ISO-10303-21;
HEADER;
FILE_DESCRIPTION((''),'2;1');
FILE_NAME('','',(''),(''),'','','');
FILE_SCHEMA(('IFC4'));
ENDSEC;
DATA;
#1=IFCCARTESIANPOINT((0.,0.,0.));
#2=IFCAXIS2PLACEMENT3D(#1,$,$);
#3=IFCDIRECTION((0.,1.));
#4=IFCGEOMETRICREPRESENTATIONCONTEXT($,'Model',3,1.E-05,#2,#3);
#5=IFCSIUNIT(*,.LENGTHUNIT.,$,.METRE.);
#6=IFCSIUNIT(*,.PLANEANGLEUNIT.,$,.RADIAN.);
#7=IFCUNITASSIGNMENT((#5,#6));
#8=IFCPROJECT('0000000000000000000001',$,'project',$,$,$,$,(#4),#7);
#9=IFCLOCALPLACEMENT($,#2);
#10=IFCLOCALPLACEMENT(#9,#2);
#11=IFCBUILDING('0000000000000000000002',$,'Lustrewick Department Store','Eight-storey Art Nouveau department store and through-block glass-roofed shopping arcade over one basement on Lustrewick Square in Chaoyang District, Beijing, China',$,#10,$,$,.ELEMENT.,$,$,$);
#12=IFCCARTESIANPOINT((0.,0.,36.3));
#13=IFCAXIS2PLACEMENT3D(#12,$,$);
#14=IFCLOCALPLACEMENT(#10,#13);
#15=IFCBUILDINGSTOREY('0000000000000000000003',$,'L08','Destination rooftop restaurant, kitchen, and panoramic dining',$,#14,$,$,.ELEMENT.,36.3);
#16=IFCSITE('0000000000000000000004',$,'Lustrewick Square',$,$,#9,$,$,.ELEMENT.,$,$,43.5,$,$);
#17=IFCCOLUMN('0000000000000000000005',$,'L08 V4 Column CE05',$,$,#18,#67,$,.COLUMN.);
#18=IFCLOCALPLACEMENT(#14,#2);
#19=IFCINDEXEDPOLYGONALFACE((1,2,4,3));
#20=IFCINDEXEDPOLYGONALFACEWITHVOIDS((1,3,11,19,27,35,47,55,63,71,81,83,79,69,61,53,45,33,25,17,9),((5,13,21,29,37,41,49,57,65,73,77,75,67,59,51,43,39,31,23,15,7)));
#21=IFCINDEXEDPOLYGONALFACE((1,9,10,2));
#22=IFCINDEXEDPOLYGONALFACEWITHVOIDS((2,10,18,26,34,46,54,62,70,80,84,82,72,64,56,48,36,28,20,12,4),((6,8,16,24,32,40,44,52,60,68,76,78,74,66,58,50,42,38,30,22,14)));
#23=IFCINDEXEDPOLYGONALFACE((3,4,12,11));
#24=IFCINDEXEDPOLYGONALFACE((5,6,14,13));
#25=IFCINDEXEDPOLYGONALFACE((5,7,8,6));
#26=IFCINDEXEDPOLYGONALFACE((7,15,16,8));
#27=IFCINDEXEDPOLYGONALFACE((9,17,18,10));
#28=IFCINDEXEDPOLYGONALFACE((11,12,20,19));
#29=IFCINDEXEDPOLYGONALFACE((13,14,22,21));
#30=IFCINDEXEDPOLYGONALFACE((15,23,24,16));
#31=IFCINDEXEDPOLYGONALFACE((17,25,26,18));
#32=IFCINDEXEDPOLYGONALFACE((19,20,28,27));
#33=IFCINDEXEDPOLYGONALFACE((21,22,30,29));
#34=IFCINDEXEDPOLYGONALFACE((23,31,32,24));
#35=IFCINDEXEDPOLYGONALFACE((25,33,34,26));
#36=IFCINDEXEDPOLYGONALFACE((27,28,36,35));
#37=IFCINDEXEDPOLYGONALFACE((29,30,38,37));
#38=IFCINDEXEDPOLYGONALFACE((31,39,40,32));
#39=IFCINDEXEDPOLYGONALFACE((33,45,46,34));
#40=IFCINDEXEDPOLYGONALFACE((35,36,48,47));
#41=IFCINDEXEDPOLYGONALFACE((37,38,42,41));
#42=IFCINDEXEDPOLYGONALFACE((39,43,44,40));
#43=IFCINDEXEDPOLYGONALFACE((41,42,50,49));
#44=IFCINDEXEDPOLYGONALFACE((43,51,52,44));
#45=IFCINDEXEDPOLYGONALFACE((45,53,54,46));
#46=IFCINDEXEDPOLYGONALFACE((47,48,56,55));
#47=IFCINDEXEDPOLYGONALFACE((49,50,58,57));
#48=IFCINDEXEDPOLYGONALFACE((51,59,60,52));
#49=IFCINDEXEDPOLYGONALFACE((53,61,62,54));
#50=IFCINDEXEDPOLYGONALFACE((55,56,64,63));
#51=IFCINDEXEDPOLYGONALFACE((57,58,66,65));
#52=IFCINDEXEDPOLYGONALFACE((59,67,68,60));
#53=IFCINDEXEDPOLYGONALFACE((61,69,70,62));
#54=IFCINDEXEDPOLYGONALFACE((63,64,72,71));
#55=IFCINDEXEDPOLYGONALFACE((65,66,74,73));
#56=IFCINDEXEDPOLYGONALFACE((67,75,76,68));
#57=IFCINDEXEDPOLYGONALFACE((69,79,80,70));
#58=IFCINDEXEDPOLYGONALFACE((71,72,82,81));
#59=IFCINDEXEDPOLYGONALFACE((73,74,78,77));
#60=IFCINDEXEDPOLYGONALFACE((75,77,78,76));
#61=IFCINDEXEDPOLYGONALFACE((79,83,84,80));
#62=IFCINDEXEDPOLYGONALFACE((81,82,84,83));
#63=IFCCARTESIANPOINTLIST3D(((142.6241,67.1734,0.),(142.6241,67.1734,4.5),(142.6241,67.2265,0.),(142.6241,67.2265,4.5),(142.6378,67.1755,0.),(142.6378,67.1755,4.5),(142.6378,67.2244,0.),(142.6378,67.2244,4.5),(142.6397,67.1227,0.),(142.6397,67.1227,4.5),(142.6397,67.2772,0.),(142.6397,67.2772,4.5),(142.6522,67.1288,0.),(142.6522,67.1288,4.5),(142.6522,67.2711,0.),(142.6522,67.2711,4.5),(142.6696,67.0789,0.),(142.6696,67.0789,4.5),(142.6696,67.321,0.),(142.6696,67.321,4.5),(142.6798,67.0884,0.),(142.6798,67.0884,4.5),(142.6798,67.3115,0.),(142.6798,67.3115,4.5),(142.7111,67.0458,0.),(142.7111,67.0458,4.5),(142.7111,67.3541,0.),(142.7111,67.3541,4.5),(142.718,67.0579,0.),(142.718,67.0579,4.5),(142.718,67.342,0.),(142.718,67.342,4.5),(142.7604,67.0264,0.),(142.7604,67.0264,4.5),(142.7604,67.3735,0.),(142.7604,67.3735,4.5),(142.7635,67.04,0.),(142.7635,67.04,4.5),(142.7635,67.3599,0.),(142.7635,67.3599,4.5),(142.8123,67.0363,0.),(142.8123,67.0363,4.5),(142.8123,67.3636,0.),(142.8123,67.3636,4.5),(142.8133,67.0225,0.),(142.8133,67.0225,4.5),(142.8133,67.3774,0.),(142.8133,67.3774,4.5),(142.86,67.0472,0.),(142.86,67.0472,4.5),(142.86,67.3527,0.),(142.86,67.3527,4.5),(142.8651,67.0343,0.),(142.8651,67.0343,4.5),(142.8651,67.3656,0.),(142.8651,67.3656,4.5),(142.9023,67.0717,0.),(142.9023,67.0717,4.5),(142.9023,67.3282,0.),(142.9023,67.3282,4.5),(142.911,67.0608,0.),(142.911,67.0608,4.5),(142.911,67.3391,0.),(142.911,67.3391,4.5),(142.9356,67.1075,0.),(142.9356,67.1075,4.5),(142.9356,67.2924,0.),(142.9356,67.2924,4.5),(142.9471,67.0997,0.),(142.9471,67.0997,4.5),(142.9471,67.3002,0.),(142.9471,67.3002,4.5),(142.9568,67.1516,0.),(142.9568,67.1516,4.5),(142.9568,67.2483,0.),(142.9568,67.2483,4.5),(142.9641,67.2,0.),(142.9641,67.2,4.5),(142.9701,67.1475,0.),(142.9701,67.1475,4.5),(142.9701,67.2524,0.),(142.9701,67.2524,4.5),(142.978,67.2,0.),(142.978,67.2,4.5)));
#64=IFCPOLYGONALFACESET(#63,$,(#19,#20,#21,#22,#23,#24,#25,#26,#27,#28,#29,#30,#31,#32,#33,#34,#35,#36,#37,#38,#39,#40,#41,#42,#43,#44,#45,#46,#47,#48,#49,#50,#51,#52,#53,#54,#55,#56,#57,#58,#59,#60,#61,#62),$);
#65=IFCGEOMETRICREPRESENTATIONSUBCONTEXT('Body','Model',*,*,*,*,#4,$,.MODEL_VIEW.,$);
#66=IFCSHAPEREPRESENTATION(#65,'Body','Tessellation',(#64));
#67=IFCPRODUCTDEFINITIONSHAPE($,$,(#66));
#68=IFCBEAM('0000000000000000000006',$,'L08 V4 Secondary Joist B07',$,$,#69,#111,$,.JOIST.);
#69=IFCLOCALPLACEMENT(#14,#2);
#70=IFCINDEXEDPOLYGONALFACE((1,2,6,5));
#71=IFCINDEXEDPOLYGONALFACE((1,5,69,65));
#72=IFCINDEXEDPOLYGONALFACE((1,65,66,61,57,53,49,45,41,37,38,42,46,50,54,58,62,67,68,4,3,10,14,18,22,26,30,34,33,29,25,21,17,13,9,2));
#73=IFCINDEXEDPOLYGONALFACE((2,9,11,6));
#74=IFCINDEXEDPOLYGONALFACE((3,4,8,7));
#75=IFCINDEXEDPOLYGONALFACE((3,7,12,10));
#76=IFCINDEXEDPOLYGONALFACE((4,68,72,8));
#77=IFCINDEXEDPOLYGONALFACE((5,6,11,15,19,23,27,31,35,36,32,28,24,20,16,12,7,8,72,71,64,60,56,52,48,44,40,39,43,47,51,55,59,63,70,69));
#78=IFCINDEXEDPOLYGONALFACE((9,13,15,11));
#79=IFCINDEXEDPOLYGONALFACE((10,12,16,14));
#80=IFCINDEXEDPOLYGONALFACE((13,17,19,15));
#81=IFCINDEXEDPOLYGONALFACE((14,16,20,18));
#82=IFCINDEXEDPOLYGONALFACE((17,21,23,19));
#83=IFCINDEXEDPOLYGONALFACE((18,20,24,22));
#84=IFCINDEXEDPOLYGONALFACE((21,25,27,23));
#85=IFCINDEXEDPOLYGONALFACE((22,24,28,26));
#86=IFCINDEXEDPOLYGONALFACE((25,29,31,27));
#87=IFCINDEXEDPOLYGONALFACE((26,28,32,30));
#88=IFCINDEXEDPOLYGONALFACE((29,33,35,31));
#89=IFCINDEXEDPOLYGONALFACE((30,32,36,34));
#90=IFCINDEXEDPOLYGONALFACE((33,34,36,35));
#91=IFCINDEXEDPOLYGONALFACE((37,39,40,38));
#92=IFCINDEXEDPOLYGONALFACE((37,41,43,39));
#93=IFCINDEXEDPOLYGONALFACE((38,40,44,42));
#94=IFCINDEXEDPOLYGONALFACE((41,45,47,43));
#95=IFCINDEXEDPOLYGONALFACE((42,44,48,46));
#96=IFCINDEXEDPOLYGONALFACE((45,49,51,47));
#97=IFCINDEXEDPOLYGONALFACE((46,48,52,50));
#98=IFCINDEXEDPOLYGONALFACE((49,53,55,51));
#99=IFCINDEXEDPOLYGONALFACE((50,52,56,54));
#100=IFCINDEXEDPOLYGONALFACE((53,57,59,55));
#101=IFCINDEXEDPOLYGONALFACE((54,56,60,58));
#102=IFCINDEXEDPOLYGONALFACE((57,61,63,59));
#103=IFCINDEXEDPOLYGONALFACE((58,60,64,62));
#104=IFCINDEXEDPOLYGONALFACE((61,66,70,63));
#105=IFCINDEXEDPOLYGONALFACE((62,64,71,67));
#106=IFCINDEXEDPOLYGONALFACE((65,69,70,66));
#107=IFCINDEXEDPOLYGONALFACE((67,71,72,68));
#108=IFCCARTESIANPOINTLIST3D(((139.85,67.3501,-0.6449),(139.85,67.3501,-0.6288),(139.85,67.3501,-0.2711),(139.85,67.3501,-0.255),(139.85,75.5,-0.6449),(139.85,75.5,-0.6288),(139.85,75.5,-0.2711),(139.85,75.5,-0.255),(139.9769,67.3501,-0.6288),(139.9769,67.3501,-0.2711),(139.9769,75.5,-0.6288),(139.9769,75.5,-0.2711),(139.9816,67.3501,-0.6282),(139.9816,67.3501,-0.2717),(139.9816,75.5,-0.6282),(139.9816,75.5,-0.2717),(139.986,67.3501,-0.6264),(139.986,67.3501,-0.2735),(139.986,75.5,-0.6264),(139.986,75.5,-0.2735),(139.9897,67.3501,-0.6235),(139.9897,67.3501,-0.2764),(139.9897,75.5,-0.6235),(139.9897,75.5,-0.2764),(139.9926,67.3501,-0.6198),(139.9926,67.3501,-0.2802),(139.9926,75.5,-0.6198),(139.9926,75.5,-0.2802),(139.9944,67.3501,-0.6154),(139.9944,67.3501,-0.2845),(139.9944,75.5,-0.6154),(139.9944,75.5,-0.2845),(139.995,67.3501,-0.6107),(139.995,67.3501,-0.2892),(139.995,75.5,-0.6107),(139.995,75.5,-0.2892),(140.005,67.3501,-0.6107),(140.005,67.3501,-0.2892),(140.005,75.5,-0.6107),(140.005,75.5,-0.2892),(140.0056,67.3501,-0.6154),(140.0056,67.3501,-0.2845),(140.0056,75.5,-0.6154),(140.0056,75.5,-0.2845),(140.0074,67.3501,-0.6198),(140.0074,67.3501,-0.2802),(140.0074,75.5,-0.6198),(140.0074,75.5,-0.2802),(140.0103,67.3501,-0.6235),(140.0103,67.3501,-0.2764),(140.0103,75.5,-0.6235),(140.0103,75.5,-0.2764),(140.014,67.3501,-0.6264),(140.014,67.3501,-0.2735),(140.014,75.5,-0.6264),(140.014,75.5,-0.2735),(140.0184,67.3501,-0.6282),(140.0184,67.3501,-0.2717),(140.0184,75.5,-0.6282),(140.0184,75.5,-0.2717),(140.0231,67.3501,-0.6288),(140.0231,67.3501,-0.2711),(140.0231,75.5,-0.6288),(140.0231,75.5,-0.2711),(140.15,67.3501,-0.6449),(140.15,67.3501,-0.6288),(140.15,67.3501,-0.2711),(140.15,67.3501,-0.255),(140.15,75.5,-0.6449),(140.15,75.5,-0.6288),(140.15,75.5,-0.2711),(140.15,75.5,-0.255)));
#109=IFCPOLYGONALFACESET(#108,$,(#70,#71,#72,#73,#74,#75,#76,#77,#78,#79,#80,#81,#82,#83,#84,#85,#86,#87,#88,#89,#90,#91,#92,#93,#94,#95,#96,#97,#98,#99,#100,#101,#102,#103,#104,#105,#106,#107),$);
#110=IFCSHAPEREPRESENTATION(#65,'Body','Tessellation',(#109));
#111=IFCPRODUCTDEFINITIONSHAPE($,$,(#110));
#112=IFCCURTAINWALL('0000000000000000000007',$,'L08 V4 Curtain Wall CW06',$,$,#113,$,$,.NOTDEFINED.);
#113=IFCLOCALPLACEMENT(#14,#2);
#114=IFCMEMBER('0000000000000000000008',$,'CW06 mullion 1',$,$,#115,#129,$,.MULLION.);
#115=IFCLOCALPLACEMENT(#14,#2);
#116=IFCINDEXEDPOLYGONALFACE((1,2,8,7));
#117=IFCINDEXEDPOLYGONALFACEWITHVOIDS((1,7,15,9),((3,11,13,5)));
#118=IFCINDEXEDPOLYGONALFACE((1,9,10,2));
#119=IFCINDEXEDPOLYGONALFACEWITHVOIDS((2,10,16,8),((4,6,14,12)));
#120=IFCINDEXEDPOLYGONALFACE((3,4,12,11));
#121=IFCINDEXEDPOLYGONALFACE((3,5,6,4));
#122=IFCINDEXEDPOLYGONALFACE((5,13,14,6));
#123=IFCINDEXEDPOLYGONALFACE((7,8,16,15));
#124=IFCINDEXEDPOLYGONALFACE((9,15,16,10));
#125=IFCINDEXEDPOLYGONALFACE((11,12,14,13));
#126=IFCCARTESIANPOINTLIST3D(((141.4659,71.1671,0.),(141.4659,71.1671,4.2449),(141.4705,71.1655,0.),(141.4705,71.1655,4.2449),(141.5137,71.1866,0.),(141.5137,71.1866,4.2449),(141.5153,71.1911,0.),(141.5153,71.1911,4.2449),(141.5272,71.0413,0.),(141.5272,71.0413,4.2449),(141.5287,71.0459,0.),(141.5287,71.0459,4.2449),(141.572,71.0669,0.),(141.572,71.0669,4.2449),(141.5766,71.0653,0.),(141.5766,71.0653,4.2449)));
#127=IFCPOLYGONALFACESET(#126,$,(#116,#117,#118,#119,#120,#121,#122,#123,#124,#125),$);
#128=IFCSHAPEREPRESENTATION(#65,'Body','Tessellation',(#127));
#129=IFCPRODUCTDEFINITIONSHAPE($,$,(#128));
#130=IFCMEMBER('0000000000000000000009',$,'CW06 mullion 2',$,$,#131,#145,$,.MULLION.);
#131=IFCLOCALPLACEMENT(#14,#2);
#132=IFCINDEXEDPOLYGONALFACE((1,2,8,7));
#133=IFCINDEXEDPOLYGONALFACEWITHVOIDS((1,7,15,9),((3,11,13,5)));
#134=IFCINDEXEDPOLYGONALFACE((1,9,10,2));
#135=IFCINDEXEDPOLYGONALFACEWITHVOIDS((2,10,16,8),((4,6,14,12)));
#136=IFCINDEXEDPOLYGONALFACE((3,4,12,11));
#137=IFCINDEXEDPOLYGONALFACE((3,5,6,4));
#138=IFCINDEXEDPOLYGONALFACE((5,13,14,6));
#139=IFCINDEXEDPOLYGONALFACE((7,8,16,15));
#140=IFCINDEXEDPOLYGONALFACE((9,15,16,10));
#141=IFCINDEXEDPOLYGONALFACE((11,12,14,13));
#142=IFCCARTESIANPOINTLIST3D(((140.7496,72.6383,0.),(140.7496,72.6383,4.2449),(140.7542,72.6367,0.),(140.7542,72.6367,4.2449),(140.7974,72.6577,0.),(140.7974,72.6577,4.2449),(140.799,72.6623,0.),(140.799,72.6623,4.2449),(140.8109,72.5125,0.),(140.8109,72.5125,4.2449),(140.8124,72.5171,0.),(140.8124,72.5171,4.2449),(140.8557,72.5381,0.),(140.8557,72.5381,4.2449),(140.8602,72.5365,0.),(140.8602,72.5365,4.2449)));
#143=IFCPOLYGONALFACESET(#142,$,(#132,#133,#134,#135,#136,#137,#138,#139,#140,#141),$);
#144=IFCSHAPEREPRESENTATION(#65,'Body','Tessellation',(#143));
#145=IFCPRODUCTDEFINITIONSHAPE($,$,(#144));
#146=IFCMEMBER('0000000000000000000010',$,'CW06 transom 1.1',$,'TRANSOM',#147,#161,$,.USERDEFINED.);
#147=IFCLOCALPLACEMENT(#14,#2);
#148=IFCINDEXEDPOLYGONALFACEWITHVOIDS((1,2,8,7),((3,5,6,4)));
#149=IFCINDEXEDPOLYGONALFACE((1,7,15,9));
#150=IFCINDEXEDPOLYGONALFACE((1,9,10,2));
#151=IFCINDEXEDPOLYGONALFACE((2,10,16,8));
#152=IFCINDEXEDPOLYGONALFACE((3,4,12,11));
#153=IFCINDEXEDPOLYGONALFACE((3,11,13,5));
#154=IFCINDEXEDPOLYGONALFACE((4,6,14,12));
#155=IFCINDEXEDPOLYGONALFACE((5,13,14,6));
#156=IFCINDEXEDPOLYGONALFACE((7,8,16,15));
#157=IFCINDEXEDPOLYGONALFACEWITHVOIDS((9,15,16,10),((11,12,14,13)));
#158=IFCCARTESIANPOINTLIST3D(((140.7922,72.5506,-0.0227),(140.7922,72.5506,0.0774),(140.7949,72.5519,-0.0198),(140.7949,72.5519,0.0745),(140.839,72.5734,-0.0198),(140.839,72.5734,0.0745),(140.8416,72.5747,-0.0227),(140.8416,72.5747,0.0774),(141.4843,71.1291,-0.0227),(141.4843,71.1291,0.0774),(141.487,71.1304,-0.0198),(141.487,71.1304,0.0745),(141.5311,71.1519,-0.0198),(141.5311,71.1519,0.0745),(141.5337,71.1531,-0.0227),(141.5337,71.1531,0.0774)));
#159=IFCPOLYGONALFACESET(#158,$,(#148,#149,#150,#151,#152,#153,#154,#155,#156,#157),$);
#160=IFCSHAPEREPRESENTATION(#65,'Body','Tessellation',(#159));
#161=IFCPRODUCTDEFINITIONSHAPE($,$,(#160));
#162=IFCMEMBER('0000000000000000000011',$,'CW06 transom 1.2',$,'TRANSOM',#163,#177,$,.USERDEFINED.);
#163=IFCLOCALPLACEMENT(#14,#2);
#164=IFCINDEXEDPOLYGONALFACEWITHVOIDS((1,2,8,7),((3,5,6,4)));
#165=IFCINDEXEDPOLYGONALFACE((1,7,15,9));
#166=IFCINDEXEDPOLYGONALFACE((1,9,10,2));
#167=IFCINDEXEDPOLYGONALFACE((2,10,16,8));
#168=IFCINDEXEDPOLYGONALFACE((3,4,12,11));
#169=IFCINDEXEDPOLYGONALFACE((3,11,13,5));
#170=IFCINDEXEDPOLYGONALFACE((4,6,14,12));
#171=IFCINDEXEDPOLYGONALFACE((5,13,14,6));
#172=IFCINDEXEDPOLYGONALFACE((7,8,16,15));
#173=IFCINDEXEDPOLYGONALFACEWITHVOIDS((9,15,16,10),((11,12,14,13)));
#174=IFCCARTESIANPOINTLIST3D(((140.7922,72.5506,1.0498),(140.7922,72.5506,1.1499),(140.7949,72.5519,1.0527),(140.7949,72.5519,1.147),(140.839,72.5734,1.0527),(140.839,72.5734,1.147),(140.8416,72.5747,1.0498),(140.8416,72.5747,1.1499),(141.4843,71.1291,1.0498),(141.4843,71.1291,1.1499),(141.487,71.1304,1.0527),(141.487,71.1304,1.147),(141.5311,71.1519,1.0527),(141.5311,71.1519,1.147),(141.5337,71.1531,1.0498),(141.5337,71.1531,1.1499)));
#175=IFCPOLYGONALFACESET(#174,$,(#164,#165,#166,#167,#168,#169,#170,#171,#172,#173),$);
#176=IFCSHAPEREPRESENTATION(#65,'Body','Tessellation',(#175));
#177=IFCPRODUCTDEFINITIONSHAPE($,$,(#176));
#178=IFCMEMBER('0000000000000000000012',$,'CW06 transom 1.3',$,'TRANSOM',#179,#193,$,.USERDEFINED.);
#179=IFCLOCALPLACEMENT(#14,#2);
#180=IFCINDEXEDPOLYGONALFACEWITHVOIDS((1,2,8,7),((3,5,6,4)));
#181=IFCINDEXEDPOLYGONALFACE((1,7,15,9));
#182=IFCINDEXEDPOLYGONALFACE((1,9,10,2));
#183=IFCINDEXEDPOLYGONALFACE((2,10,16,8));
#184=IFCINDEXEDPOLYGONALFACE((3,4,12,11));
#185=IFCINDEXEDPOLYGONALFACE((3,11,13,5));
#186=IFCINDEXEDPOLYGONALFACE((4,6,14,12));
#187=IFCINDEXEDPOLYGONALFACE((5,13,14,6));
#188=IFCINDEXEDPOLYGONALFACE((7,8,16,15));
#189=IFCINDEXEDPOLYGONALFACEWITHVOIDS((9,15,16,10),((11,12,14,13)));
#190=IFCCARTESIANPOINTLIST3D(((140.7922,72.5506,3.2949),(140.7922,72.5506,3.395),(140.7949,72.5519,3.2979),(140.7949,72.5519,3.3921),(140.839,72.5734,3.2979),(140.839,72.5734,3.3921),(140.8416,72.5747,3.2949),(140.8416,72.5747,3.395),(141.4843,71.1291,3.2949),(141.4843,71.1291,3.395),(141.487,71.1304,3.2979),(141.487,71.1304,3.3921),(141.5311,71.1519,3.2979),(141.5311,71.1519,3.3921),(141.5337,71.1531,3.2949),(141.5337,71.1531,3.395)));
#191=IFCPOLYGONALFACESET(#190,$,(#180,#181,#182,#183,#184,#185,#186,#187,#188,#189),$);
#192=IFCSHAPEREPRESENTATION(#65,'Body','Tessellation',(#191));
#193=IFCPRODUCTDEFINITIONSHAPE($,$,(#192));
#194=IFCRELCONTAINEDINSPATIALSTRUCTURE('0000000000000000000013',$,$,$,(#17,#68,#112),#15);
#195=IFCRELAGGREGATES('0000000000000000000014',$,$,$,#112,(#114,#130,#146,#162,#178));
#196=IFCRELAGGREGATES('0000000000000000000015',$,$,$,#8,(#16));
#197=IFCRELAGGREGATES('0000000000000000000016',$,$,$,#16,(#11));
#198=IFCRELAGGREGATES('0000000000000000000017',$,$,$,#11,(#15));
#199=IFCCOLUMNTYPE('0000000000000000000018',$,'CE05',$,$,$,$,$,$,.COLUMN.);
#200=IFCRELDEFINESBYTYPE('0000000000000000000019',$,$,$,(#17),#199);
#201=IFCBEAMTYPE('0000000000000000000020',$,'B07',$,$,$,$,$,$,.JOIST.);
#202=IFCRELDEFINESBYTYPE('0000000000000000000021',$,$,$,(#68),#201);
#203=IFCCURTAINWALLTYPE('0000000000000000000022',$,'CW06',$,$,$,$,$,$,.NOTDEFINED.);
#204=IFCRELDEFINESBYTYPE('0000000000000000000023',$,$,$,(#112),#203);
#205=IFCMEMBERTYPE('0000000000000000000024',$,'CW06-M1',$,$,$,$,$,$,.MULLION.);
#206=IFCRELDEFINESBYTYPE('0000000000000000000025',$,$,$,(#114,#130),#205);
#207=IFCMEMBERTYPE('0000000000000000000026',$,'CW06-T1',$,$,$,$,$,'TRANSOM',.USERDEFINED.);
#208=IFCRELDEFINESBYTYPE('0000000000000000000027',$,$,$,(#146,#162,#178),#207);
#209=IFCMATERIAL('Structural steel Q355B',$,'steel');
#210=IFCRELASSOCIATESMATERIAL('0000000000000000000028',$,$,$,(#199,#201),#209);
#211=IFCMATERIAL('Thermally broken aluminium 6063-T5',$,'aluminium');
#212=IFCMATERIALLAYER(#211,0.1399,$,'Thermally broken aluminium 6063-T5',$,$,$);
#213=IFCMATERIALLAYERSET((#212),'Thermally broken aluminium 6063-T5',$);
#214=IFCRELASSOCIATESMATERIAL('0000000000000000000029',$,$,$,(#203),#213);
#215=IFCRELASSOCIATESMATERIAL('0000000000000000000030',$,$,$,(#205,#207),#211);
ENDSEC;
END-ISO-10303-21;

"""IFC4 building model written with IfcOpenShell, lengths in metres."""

from ifc_helpers import new_model, si_unit, direction, frame, origin, origin_2d, place, context, subcontext, project, spatial, hollow_rectangle, hollow_circle, i_section, extrude, material, layer, layer_set, material_profile, profile_set, type_object, element, aggregate, save


model = new_model("IFC4")

# Units and contexts
model_context = context("Model", 3, precision=1e-05, world=origin(), true_north=direction((0.0, 1.0)))
body_context = subcontext(model_context, "Body", "Model", "MODEL_VIEW")
ifc_project = project(units=[si_unit("LENGTHUNIT", "METRE"), si_unit("PLANEANGLEUNIT", "RADIAN")], contexts=[model_context])

# Site, building, storey
site_placement = place(None, origin())
site = spatial("IfcSite", under=ifc_project, at=site_placement, Name="Lustrewick Square", CompositionType="ELEMENT", RefElevation=43.5)
building_placement = place(site_placement, origin())
building = spatial("IfcBuilding", under=site, at=building_placement, Name="Lustrewick Department Store", Description="Eight-storey Art Nouveau department store and through-block glass-roofed shopping arcade over one basement on Lustrewick Square in Chaoyang District, Beijing, China", CompositionType="ELEMENT")
storey_placement = place(building_placement, frame((0.0, 0.0, 36.3)))
storey = spatial("IfcBuildingStorey", under=building, at=storey_placement, Name="L08", Description="Destination rooftop restaurant, kitchen, and panoramic dining", CompositionType="ELEMENT", Elevation=36.3)

# Column
ifc_material_1 = material(Name="Structural steel Q355B", Category="steel")
ifc_material_profile_1 = material_profile(ifc_material_1, hollow_circle(Radius=0.178, WallThickness=0.0139, at=origin_2d()), Name="CHS 356x14")
ifc_profile_set_1 = profile_set([ifc_material_profile_1], Name="Structural steel Q355B")
column_type = type_object("IfcColumnType", Name="CE05", PredefinedType="COLUMN", material=ifc_profile_set_1)
column_placement = place(storey_placement, frame((142.8, 67.2, 0.0), z_axis=(0.0, 0.0, 1.0), x_axis=(1.0, 0.0, 0.0)))
element("IfcColumn", 1, at=column_placement, inside=storey, type_object=column_type, Name="L08 V4 Column CE05", PredefinedType="COLUMN", context=body_context, shape_type="SweptSolid", body=[
    extrude(hollow_circle(Radius=0.178, WallThickness=0.0139, at=origin_2d()), origin(), (0.0, 0.0, 1.0), 4.5),
])

# Beam
ifc_material_profile_2 = material_profile(ifc_material_1, i_section(OverallWidth=0.3, OverallDepth=0.3899, WebThickness=0.01, FlangeThickness=0.0161, FilletRadius=0.0181, at=origin_2d()), Name="HM 390x300x10x16")
ifc_profile_set_2 = profile_set([ifc_material_profile_2], Name="Structural steel Q355B")
beam_type_1 = type_object("IfcBeamType", Name="B07", PredefinedType="JOIST", material=ifc_profile_set_2)
beam_1_placement = place(storey_placement, frame((140.0, 67.3501, -0.45), z_axis=(0.0, 1.0, 0.0), x_axis=(-1.0, 0.0, 0.0)))
element("IfcBeam", 2, at=beam_1_placement, inside=storey, type_object=beam_type_1, Name="L08 V4 Secondary Joist B07", PredefinedType="JOIST", context=body_context, shape_type="SweptSolid", body=[
    extrude(i_section(OverallWidth=0.3, OverallDepth=0.3899, WebThickness=0.01, FlangeThickness=0.0161, FilletRadius=0.0181, at=origin_2d()), origin(), (0.0, 0.0, 1.0), 8.1499),
])

# Curtain wall, members
ifc_material_2 = material(Name="Thermally broken aluminium 6063-T5", Category="aluminium")
ifc_layer_1 = layer(ifc_material_2, 0.1399, Name="Thermally broken aluminium 6063-T5")
ifc_layer_set_1 = layer_set([ifc_layer_1], Name="Thermally broken aluminium 6063-T5")
curtain_wall_type_1 = type_object("IfcCurtainWallType", Name="CW06", PredefinedType="NOTDEFINED", material=ifc_layer_set_1)
curtain_wall_1_placement = place(storey_placement, origin())
curtain_wall_1 = element("IfcCurtainWall", 3, at=curtain_wall_1_placement, inside=storey, type_object=curtain_wall_type_1, Name="L08 V4 Curtain Wall CW06", PredefinedType="NOTDEFINED")
ifc_material_profile_3 = material_profile(ifc_material_2, hollow_rectangle(XDim=0.0549, YDim=0.1399, WallThickness=0.0034, at=origin_2d()), Name="ALU-M 55x140x3.5")
ifc_profile_set_3 = profile_set([ifc_material_profile_3], Name="Thermally broken aluminium 6063-T5")
member_type_1 = type_object("IfcMemberType", Name="CW06-M1", PredefinedType="MULLION", material=ifc_profile_set_3)
member_1_placement = place(storey_placement, frame((141.5212, 71.1162, 0.0), z_axis=(0.0, 0.0, 1.0), x_axis=(-0.899084, -0.437776, 0.0)))
member_1 = element("IfcMember", 4, at=member_1_placement, type_object=member_type_1, Name="CW06 mullion 1", PredefinedType="MULLION", context=body_context, shape_type="SweptSolid", body=[
    extrude(hollow_rectangle(XDim=0.0549, YDim=0.1399, WallThickness=0.0034, at=origin_2d()), origin(), (0.0, 0.0, 1.0), 4.2449),
])
member_2_placement = place(storey_placement, frame((140.8049, 72.5874, 0.0), z_axis=(0.0, 0.0, 1.0), x_axis=(-0.899084, -0.437776, 0.0)))
member_2 = element("IfcMember", 5, at=member_2_placement, type_object=member_type_1, Name="CW06 mullion 2", PredefinedType="MULLION", context=body_context, shape_type="SweptSolid", body=[
    extrude(hollow_rectangle(XDim=0.0549, YDim=0.1399, WallThickness=0.0034, at=origin_2d()), origin(), (0.0, 0.0, 1.0), 4.2449),
])
ifc_material_profile_4 = material_profile(ifc_material_2, hollow_rectangle(XDim=0.0549, YDim=0.1001, WallThickness=0.0029, at=origin_2d()), Name="ALU-T 55x100x3")
ifc_profile_set_4 = profile_set([ifc_material_profile_4], Name="Thermally broken aluminium 6063-T5")
member_type_2 = type_object("IfcMemberType", Name="CW06-T1", ElementType="TRANSOM", PredefinedType="USERDEFINED", material=ifc_profile_set_4)
member_3_placement = place(storey_placement, frame((141.509, 71.1411, 0.0273), z_axis=(-0.437739, 0.899102, 0.0), x_axis=(-0.899102, -0.437739, 0.0)))
member_3 = element("IfcMember", 6, at=member_3_placement, type_object=member_type_2, Name="CW06 transom 1.1", ObjectType="TRANSOM", PredefinedType="USERDEFINED", context=body_context, shape_type="SweptSolid", body=[
    extrude(hollow_rectangle(XDim=0.0549, YDim=0.1001, WallThickness=0.0029, at=origin_2d()), origin(), (0.0, 0.0, 1.0), 1.5811),
])
member_4_placement = place(storey_placement, frame((141.509, 71.1411, 1.0999), z_axis=(-0.437739, 0.899102, 0.0), x_axis=(-0.899102, -0.437739, 0.0)))
member_4 = element("IfcMember", 7, at=member_4_placement, type_object=member_type_2, Name="CW06 transom 1.2", ObjectType="TRANSOM", PredefinedType="USERDEFINED", context=body_context, shape_type="SweptSolid", body=[
    extrude(hollow_rectangle(XDim=0.0549, YDim=0.1001, WallThickness=0.0029, at=origin_2d()), origin(), (0.0, 0.0, 1.0), 1.5811),
])
member_5_placement = place(storey_placement, frame((141.509, 71.1411, 3.345), z_axis=(-0.437739, 0.899102, 0.0), x_axis=(-0.899102, -0.437739, 0.0)))
member_5 = element("IfcMember", 8, at=member_5_placement, type_object=member_type_2, Name="CW06 transom 1.3", ObjectType="TRANSOM", PredefinedType="USERDEFINED", context=body_context, shape_type="SweptSolid", body=[
    extrude(hollow_rectangle(XDim=0.0549, YDim=0.1001, WallThickness=0.0029, at=origin_2d()), origin(), (0.0, 0.0, 1.0), 1.5811),
])

aggregate(curtain_wall_1, [member_1, member_2, member_3, member_4, member_5])

save(model, "model.ifc")
